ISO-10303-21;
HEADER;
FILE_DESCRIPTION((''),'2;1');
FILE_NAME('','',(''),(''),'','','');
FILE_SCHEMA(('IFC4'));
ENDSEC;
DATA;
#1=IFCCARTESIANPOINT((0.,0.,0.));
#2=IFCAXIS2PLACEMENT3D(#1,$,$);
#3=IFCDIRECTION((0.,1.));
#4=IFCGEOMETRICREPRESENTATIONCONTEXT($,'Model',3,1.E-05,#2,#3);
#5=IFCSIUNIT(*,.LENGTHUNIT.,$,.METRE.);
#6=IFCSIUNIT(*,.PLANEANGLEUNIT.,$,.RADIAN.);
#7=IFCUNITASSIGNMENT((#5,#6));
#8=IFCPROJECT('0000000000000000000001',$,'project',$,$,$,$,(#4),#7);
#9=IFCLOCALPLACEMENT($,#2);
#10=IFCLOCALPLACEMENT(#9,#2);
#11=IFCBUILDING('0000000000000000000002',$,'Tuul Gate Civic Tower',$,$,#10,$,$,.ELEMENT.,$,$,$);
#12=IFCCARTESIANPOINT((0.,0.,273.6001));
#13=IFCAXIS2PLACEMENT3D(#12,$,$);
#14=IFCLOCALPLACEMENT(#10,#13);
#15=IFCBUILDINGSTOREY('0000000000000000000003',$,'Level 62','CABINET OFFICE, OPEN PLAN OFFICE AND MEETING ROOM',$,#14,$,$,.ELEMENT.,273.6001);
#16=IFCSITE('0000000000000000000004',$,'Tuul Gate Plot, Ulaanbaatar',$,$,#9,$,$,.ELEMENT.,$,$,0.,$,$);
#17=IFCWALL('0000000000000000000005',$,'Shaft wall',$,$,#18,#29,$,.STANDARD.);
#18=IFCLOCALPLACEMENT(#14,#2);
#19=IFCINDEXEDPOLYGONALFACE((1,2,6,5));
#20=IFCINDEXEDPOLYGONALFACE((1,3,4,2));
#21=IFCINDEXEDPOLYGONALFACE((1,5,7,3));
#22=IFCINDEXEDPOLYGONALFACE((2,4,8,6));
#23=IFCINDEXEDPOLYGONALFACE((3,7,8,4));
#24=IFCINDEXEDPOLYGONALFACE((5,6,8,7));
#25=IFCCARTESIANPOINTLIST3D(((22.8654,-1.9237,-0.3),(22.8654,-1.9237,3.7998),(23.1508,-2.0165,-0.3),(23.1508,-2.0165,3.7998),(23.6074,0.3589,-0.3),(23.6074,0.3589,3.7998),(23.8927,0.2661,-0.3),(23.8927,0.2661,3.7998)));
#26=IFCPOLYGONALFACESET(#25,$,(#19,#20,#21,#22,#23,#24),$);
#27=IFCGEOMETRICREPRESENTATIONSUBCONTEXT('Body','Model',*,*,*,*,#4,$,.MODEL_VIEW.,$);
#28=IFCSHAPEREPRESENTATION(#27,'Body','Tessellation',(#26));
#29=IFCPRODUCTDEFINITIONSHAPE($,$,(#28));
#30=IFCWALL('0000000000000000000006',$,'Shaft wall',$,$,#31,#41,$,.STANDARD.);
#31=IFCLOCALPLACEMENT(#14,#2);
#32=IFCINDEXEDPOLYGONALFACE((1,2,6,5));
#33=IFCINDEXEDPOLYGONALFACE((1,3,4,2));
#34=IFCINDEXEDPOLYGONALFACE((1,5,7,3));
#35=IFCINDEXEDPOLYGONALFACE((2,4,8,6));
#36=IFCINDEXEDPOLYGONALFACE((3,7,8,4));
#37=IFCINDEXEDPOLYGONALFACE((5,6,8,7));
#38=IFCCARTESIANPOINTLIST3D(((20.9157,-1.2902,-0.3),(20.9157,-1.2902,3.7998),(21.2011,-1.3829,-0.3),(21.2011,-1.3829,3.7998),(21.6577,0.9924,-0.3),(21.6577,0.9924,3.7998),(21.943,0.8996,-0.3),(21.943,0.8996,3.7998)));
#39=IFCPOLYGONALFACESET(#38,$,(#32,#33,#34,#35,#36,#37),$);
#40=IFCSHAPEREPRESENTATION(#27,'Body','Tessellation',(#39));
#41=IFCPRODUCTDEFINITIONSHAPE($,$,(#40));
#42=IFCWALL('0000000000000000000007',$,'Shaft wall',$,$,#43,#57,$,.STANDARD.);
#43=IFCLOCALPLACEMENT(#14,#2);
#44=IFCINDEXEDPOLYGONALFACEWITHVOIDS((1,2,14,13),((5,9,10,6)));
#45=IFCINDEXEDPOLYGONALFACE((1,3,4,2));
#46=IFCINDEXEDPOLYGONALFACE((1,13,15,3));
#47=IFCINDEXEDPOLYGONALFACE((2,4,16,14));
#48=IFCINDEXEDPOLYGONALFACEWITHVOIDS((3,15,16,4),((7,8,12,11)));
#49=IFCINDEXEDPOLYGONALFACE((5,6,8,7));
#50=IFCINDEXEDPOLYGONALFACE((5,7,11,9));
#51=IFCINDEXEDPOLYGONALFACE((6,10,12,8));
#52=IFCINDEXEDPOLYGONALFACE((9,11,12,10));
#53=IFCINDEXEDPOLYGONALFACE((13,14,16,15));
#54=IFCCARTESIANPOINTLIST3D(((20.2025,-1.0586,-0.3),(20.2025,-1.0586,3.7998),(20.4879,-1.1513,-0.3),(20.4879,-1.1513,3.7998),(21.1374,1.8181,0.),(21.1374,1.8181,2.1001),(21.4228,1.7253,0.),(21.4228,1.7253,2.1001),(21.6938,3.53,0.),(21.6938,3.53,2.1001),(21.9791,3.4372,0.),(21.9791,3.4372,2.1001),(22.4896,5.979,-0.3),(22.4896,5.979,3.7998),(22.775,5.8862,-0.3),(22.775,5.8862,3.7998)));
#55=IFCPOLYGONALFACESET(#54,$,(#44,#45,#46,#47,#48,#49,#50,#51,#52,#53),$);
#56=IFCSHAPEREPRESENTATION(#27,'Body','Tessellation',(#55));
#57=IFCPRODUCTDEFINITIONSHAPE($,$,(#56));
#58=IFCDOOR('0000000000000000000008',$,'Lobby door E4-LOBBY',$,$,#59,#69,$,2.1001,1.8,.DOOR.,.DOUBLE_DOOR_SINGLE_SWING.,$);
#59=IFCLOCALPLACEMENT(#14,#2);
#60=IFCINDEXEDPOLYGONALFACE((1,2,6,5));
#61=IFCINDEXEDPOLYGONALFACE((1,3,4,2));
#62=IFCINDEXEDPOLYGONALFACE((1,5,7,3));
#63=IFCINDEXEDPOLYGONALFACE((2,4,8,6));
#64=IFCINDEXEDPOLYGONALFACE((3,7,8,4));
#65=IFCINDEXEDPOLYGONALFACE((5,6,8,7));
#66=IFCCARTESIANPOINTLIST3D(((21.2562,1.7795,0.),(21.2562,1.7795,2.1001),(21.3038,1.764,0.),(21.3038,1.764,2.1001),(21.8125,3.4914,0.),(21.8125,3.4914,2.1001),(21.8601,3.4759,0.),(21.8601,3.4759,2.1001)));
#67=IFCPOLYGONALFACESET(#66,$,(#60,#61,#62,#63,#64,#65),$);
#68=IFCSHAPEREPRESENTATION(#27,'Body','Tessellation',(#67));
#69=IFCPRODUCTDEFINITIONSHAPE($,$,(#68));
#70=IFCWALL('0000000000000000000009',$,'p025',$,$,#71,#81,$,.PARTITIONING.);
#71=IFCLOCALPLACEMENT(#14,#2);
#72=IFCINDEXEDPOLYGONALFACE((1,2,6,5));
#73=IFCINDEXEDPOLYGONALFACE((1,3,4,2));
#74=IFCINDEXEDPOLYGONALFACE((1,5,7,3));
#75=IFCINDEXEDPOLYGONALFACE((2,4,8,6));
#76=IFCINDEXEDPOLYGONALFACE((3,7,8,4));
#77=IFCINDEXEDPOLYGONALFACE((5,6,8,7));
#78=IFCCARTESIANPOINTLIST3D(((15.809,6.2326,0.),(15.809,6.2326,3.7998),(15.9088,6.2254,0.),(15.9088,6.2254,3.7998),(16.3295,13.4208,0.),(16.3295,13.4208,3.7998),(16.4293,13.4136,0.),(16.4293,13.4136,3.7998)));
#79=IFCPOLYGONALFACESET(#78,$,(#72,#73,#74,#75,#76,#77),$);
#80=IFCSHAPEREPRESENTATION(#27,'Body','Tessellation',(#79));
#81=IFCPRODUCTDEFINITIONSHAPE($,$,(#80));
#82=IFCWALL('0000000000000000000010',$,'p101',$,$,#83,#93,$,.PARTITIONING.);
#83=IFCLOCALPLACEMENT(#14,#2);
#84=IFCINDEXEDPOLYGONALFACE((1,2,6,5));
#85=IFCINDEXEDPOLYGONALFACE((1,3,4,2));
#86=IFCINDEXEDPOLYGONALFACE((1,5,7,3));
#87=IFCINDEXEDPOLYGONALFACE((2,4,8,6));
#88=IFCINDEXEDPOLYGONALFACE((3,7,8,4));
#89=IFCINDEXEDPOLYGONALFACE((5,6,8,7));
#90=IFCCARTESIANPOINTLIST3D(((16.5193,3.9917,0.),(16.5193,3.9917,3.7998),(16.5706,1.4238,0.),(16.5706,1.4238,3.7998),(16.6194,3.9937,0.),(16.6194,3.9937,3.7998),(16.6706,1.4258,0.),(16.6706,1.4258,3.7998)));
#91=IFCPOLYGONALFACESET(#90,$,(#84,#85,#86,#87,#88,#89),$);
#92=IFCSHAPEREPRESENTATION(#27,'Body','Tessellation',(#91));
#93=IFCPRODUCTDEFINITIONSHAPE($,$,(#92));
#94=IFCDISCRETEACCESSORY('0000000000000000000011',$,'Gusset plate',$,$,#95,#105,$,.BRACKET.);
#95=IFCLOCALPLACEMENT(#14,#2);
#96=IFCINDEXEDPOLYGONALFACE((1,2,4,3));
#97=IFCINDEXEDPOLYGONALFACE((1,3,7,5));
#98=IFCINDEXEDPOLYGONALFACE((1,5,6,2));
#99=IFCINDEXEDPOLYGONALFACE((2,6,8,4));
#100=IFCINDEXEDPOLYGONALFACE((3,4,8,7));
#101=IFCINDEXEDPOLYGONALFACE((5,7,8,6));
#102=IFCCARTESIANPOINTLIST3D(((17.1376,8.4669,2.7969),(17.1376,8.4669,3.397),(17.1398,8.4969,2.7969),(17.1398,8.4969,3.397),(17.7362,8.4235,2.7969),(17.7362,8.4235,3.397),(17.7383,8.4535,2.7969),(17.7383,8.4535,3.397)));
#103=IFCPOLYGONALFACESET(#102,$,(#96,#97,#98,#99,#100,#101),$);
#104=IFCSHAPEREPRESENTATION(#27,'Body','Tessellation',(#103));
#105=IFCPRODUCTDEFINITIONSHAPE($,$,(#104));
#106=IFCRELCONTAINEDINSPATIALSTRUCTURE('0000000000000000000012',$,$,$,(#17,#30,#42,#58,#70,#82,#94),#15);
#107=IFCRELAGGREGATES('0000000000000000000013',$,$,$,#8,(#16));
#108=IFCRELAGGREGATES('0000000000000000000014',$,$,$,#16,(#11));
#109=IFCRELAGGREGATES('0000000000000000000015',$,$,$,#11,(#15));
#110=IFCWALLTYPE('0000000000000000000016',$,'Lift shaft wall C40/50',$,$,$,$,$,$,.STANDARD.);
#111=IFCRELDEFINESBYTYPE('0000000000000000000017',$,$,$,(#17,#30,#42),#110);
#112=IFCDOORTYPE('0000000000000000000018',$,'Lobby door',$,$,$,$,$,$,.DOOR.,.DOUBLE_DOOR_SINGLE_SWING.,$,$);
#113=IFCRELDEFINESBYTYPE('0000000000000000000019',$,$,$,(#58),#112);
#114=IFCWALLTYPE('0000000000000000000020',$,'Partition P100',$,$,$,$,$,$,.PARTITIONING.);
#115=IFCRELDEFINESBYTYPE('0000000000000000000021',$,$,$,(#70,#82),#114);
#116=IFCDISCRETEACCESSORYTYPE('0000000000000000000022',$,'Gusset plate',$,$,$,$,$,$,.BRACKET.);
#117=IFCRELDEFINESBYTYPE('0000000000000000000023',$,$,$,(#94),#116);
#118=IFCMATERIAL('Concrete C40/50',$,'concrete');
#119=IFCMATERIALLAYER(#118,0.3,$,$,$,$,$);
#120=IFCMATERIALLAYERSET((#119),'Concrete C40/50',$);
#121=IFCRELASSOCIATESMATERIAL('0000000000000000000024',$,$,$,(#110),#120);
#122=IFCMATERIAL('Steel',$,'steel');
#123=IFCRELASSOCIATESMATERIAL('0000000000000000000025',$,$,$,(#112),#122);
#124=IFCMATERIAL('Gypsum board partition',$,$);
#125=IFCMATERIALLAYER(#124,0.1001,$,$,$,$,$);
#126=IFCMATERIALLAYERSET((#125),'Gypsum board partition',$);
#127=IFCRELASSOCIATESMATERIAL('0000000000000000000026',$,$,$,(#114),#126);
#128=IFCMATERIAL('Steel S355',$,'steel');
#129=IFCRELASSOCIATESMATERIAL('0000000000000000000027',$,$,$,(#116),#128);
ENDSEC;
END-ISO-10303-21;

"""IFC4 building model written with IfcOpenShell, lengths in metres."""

from ifc_helpers import new_model, si_unit, direction, frame, frame_2d, origin, origin_2d, place, context, subcontext, project, spatial, rectangle, extrude, material, layer, layer_set, type_object, element, fill, save


model = new_model("IFC4")

# Units and contexts
model_context = context("Model", 3, precision=1e-05, world=origin(), true_north=direction((0.0, 1.0)))
body_context = subcontext(model_context, "Body", "Model", "MODEL_VIEW")
ifc_project = project(units=[si_unit("LENGTHUNIT", "METRE"), si_unit("PLANEANGLEUNIT", "RADIAN")], contexts=[model_context])

# Site, building, storey
site_placement = place(None, origin())
site = spatial("IfcSite", under=ifc_project, at=site_placement, Name="Tuul Gate Plot, Ulaanbaatar", CompositionType="ELEMENT", RefElevation=0.0)
building_placement = place(site_placement, origin())
building = spatial("IfcBuilding", under=site, at=building_placement, Name="Tuul Gate Civic Tower", CompositionType="ELEMENT")
storey_placement = place(building_placement, frame((0.0, 0.0, 273.6001)))
storey = spatial("IfcBuildingStorey", under=building, at=storey_placement, Name="Level 62", Description="CABINET OFFICE, OPEN PLAN OFFICE AND MEETING ROOM", CompositionType="ELEMENT", Elevation=273.6001)

# Walls
ifc_material_1 = material(Name="Concrete C40/50", Category="concrete")
ifc_layer_1 = layer(ifc_material_1, 0.3)
ifc_layer_set_1 = layer_set([ifc_layer_1], Name="Concrete C40/50")
wall_type_1 = type_object("IfcWallType", Name="Lift shaft wall C40/50", PredefinedType="STANDARD", material=ifc_layer_set_1)
for number, where, z_axis, x_axis, name in (
    (1, (23.0081, -1.9702, -0.3), (0.0, 0.0, 1.0), (0.309139, 0.951017, 0.0), "Shaft wall"),
    (2, (21.0583, -1.3367, -0.3), (0.0, 0.0, 1.0), (0.309139, 0.951017, 0.0), "Shaft wall"),
):
    element("IfcWall", number, at=place(storey_placement, frame(where, z_axis=z_axis, x_axis=x_axis)), inside=storey, type_object=wall_type_1, Name=name, PredefinedType="STANDARD", context=body_context, shape_type="SweptSolid", body=[
        extrude(rectangle(XDim=2.4001, YDim=0.3, at=frame_2d((1.2002, 0.0))), origin(), (0.0, 0.0, 1.0), 4.0999),
    ])

# Wall, opening, door
wall_1_placement = place(storey_placement, frame((20.3452, -1.105, -0.3), z_axis=(0.0, 0.0, 1.0), x_axis=(0.309073, 0.951038, 0.0)))
wall_1 = element("IfcWall", 3, at=wall_1_placement, inside=storey, type_object=wall_type_1, Name="Shaft wall", PredefinedType="STANDARD", context=body_context, shape_type="SweptSolid", body=[
    extrude(rectangle(XDim=7.3999, YDim=0.3, at=frame_2d((3.7, 0.0))), origin(), (0.0, 0.0, 1.0), 4.0999),
])
opening_1_placement = place(wall_1_placement, frame((3.0249, 0.0, 0.3)))
opening_1 = element("IfcOpeningElement", 4, at=opening_1_placement, cuts=wall_1, PredefinedType="OPENING", context=body_context, shape_type="SweptSolid", body=[
    extrude(rectangle(XDim=1.8, YDim=2.1001, at=frame_2d((0.8999, 1.05))), frame((0.0, 0.1602, 0.0), z_axis=(0.0, -1.0, 0.0), x_axis=(1.0, 0.0, 0.0)), (0.0, 0.0, 1.0), 0.3201),
])
ifc_material_2 = material(Name="Steel", Category="steel")
door_type_1 = type_object("IfcDoorType", Name="Lobby door", OperationType="DOUBLE_DOOR_SINGLE_SWING", PredefinedType="DOOR", material=ifc_material_2)
door_1_placement = place(opening_1_placement, frame((1.8, 0.0, 0.0), z_axis=(0.0, 0.0, 1.0), x_axis=(-1.0, 0.0, 0.0)))
door_1 = element("IfcDoor", 5, at=door_1_placement, inside=storey, type_object=door_type_1, Name="Lobby door E4-LOBBY", OperationType="DOUBLE_DOOR_SINGLE_SWING", OverallHeight=2.1001, OverallWidth=1.8, PredefinedType="DOOR", context=body_context, shape_type="SweptSolid", body=[
    extrude(rectangle(XDim=1.8, YDim=2.1001, at=frame_2d((0.9001, 1.05))), frame((0.0, 0.0249, 0.0), z_axis=(0.0, -1.0, 0.0), x_axis=(1.0, 0.0, 0.0)), (0.0, 0.0, 1.0), 0.05),
])
fill(opening_1, door_1)

# Walls
ifc_material_3 = material(Name="Gypsum board partition")
ifc_layer_2 = layer(ifc_material_3, 0.1001)
ifc_layer_set_2 = layer_set([ifc_layer_2], Name="Gypsum board partition")
wall_type_2 = type_object("IfcWallType", Name="Partition P100", PredefinedType="PARTITIONING", material=ifc_layer_set_2)
wall_2_placement = place(storey_placement, frame((15.8589, 6.229, 0.0), z_axis=(0.0, 0.0, 1.0), x_axis=(0.072222, 0.997389, 0.0)))
element("IfcWall", 6, at=wall_2_placement, inside=storey, type_object=wall_type_2, Name="p025", PredefinedType="PARTITIONING", context=body_context, shape_type="SweptSolid", body=[
    extrude(rectangle(XDim=7.207, YDim=0.1001, at=frame_2d((3.6035, 0.0))), origin(), (0.0, 0.0, 1.0), 3.7998),
])
wall_3_placement = place(storey_placement, frame((16.5693, 3.9927, 0.0), z_axis=(0.0, 0.0, 1.0), x_axis=(0.019962, -0.999801, 0.0)))
element("IfcWall", 7, at=wall_3_placement, inside=storey, type_object=wall_type_2, Name="p101", PredefinedType="PARTITIONING", context=body_context, shape_type="SweptSolid", body=[
    extrude(rectangle(XDim=2.5684, YDim=0.1001, at=frame_2d((1.2842, 0.0))), origin(), (0.0, 0.0, 1.0), 3.7998),
])

# Discrete accessory
ifc_material_4 = material(Name="Steel S355", Category="steel")
discrete_accessory_type = type_object("IfcDiscreteAccessoryType", Name="Gusset plate", PredefinedType="BRACKET", material=ifc_material_4)
discrete_accessory_placement = place(storey_placement, frame((17.438, 8.4602, 2.7969), z_axis=(0.0, 0.0, 1.0), x_axis=(-0.997383, 0.072299, 0.0)))
element("IfcDiscreteAccessory", 8, at=discrete_accessory_placement, inside=storey, type_object=discrete_accessory_type, Name="Gusset plate", PredefinedType="BRACKET", context=body_context, shape_type="SweptSolid", body=[
    extrude(rectangle(XDim=0.6001, YDim=0.03, at=origin_2d()), origin(), (0.0, 0.0, 1.0), 0.6001),
])

save(model, "model.ifc")
